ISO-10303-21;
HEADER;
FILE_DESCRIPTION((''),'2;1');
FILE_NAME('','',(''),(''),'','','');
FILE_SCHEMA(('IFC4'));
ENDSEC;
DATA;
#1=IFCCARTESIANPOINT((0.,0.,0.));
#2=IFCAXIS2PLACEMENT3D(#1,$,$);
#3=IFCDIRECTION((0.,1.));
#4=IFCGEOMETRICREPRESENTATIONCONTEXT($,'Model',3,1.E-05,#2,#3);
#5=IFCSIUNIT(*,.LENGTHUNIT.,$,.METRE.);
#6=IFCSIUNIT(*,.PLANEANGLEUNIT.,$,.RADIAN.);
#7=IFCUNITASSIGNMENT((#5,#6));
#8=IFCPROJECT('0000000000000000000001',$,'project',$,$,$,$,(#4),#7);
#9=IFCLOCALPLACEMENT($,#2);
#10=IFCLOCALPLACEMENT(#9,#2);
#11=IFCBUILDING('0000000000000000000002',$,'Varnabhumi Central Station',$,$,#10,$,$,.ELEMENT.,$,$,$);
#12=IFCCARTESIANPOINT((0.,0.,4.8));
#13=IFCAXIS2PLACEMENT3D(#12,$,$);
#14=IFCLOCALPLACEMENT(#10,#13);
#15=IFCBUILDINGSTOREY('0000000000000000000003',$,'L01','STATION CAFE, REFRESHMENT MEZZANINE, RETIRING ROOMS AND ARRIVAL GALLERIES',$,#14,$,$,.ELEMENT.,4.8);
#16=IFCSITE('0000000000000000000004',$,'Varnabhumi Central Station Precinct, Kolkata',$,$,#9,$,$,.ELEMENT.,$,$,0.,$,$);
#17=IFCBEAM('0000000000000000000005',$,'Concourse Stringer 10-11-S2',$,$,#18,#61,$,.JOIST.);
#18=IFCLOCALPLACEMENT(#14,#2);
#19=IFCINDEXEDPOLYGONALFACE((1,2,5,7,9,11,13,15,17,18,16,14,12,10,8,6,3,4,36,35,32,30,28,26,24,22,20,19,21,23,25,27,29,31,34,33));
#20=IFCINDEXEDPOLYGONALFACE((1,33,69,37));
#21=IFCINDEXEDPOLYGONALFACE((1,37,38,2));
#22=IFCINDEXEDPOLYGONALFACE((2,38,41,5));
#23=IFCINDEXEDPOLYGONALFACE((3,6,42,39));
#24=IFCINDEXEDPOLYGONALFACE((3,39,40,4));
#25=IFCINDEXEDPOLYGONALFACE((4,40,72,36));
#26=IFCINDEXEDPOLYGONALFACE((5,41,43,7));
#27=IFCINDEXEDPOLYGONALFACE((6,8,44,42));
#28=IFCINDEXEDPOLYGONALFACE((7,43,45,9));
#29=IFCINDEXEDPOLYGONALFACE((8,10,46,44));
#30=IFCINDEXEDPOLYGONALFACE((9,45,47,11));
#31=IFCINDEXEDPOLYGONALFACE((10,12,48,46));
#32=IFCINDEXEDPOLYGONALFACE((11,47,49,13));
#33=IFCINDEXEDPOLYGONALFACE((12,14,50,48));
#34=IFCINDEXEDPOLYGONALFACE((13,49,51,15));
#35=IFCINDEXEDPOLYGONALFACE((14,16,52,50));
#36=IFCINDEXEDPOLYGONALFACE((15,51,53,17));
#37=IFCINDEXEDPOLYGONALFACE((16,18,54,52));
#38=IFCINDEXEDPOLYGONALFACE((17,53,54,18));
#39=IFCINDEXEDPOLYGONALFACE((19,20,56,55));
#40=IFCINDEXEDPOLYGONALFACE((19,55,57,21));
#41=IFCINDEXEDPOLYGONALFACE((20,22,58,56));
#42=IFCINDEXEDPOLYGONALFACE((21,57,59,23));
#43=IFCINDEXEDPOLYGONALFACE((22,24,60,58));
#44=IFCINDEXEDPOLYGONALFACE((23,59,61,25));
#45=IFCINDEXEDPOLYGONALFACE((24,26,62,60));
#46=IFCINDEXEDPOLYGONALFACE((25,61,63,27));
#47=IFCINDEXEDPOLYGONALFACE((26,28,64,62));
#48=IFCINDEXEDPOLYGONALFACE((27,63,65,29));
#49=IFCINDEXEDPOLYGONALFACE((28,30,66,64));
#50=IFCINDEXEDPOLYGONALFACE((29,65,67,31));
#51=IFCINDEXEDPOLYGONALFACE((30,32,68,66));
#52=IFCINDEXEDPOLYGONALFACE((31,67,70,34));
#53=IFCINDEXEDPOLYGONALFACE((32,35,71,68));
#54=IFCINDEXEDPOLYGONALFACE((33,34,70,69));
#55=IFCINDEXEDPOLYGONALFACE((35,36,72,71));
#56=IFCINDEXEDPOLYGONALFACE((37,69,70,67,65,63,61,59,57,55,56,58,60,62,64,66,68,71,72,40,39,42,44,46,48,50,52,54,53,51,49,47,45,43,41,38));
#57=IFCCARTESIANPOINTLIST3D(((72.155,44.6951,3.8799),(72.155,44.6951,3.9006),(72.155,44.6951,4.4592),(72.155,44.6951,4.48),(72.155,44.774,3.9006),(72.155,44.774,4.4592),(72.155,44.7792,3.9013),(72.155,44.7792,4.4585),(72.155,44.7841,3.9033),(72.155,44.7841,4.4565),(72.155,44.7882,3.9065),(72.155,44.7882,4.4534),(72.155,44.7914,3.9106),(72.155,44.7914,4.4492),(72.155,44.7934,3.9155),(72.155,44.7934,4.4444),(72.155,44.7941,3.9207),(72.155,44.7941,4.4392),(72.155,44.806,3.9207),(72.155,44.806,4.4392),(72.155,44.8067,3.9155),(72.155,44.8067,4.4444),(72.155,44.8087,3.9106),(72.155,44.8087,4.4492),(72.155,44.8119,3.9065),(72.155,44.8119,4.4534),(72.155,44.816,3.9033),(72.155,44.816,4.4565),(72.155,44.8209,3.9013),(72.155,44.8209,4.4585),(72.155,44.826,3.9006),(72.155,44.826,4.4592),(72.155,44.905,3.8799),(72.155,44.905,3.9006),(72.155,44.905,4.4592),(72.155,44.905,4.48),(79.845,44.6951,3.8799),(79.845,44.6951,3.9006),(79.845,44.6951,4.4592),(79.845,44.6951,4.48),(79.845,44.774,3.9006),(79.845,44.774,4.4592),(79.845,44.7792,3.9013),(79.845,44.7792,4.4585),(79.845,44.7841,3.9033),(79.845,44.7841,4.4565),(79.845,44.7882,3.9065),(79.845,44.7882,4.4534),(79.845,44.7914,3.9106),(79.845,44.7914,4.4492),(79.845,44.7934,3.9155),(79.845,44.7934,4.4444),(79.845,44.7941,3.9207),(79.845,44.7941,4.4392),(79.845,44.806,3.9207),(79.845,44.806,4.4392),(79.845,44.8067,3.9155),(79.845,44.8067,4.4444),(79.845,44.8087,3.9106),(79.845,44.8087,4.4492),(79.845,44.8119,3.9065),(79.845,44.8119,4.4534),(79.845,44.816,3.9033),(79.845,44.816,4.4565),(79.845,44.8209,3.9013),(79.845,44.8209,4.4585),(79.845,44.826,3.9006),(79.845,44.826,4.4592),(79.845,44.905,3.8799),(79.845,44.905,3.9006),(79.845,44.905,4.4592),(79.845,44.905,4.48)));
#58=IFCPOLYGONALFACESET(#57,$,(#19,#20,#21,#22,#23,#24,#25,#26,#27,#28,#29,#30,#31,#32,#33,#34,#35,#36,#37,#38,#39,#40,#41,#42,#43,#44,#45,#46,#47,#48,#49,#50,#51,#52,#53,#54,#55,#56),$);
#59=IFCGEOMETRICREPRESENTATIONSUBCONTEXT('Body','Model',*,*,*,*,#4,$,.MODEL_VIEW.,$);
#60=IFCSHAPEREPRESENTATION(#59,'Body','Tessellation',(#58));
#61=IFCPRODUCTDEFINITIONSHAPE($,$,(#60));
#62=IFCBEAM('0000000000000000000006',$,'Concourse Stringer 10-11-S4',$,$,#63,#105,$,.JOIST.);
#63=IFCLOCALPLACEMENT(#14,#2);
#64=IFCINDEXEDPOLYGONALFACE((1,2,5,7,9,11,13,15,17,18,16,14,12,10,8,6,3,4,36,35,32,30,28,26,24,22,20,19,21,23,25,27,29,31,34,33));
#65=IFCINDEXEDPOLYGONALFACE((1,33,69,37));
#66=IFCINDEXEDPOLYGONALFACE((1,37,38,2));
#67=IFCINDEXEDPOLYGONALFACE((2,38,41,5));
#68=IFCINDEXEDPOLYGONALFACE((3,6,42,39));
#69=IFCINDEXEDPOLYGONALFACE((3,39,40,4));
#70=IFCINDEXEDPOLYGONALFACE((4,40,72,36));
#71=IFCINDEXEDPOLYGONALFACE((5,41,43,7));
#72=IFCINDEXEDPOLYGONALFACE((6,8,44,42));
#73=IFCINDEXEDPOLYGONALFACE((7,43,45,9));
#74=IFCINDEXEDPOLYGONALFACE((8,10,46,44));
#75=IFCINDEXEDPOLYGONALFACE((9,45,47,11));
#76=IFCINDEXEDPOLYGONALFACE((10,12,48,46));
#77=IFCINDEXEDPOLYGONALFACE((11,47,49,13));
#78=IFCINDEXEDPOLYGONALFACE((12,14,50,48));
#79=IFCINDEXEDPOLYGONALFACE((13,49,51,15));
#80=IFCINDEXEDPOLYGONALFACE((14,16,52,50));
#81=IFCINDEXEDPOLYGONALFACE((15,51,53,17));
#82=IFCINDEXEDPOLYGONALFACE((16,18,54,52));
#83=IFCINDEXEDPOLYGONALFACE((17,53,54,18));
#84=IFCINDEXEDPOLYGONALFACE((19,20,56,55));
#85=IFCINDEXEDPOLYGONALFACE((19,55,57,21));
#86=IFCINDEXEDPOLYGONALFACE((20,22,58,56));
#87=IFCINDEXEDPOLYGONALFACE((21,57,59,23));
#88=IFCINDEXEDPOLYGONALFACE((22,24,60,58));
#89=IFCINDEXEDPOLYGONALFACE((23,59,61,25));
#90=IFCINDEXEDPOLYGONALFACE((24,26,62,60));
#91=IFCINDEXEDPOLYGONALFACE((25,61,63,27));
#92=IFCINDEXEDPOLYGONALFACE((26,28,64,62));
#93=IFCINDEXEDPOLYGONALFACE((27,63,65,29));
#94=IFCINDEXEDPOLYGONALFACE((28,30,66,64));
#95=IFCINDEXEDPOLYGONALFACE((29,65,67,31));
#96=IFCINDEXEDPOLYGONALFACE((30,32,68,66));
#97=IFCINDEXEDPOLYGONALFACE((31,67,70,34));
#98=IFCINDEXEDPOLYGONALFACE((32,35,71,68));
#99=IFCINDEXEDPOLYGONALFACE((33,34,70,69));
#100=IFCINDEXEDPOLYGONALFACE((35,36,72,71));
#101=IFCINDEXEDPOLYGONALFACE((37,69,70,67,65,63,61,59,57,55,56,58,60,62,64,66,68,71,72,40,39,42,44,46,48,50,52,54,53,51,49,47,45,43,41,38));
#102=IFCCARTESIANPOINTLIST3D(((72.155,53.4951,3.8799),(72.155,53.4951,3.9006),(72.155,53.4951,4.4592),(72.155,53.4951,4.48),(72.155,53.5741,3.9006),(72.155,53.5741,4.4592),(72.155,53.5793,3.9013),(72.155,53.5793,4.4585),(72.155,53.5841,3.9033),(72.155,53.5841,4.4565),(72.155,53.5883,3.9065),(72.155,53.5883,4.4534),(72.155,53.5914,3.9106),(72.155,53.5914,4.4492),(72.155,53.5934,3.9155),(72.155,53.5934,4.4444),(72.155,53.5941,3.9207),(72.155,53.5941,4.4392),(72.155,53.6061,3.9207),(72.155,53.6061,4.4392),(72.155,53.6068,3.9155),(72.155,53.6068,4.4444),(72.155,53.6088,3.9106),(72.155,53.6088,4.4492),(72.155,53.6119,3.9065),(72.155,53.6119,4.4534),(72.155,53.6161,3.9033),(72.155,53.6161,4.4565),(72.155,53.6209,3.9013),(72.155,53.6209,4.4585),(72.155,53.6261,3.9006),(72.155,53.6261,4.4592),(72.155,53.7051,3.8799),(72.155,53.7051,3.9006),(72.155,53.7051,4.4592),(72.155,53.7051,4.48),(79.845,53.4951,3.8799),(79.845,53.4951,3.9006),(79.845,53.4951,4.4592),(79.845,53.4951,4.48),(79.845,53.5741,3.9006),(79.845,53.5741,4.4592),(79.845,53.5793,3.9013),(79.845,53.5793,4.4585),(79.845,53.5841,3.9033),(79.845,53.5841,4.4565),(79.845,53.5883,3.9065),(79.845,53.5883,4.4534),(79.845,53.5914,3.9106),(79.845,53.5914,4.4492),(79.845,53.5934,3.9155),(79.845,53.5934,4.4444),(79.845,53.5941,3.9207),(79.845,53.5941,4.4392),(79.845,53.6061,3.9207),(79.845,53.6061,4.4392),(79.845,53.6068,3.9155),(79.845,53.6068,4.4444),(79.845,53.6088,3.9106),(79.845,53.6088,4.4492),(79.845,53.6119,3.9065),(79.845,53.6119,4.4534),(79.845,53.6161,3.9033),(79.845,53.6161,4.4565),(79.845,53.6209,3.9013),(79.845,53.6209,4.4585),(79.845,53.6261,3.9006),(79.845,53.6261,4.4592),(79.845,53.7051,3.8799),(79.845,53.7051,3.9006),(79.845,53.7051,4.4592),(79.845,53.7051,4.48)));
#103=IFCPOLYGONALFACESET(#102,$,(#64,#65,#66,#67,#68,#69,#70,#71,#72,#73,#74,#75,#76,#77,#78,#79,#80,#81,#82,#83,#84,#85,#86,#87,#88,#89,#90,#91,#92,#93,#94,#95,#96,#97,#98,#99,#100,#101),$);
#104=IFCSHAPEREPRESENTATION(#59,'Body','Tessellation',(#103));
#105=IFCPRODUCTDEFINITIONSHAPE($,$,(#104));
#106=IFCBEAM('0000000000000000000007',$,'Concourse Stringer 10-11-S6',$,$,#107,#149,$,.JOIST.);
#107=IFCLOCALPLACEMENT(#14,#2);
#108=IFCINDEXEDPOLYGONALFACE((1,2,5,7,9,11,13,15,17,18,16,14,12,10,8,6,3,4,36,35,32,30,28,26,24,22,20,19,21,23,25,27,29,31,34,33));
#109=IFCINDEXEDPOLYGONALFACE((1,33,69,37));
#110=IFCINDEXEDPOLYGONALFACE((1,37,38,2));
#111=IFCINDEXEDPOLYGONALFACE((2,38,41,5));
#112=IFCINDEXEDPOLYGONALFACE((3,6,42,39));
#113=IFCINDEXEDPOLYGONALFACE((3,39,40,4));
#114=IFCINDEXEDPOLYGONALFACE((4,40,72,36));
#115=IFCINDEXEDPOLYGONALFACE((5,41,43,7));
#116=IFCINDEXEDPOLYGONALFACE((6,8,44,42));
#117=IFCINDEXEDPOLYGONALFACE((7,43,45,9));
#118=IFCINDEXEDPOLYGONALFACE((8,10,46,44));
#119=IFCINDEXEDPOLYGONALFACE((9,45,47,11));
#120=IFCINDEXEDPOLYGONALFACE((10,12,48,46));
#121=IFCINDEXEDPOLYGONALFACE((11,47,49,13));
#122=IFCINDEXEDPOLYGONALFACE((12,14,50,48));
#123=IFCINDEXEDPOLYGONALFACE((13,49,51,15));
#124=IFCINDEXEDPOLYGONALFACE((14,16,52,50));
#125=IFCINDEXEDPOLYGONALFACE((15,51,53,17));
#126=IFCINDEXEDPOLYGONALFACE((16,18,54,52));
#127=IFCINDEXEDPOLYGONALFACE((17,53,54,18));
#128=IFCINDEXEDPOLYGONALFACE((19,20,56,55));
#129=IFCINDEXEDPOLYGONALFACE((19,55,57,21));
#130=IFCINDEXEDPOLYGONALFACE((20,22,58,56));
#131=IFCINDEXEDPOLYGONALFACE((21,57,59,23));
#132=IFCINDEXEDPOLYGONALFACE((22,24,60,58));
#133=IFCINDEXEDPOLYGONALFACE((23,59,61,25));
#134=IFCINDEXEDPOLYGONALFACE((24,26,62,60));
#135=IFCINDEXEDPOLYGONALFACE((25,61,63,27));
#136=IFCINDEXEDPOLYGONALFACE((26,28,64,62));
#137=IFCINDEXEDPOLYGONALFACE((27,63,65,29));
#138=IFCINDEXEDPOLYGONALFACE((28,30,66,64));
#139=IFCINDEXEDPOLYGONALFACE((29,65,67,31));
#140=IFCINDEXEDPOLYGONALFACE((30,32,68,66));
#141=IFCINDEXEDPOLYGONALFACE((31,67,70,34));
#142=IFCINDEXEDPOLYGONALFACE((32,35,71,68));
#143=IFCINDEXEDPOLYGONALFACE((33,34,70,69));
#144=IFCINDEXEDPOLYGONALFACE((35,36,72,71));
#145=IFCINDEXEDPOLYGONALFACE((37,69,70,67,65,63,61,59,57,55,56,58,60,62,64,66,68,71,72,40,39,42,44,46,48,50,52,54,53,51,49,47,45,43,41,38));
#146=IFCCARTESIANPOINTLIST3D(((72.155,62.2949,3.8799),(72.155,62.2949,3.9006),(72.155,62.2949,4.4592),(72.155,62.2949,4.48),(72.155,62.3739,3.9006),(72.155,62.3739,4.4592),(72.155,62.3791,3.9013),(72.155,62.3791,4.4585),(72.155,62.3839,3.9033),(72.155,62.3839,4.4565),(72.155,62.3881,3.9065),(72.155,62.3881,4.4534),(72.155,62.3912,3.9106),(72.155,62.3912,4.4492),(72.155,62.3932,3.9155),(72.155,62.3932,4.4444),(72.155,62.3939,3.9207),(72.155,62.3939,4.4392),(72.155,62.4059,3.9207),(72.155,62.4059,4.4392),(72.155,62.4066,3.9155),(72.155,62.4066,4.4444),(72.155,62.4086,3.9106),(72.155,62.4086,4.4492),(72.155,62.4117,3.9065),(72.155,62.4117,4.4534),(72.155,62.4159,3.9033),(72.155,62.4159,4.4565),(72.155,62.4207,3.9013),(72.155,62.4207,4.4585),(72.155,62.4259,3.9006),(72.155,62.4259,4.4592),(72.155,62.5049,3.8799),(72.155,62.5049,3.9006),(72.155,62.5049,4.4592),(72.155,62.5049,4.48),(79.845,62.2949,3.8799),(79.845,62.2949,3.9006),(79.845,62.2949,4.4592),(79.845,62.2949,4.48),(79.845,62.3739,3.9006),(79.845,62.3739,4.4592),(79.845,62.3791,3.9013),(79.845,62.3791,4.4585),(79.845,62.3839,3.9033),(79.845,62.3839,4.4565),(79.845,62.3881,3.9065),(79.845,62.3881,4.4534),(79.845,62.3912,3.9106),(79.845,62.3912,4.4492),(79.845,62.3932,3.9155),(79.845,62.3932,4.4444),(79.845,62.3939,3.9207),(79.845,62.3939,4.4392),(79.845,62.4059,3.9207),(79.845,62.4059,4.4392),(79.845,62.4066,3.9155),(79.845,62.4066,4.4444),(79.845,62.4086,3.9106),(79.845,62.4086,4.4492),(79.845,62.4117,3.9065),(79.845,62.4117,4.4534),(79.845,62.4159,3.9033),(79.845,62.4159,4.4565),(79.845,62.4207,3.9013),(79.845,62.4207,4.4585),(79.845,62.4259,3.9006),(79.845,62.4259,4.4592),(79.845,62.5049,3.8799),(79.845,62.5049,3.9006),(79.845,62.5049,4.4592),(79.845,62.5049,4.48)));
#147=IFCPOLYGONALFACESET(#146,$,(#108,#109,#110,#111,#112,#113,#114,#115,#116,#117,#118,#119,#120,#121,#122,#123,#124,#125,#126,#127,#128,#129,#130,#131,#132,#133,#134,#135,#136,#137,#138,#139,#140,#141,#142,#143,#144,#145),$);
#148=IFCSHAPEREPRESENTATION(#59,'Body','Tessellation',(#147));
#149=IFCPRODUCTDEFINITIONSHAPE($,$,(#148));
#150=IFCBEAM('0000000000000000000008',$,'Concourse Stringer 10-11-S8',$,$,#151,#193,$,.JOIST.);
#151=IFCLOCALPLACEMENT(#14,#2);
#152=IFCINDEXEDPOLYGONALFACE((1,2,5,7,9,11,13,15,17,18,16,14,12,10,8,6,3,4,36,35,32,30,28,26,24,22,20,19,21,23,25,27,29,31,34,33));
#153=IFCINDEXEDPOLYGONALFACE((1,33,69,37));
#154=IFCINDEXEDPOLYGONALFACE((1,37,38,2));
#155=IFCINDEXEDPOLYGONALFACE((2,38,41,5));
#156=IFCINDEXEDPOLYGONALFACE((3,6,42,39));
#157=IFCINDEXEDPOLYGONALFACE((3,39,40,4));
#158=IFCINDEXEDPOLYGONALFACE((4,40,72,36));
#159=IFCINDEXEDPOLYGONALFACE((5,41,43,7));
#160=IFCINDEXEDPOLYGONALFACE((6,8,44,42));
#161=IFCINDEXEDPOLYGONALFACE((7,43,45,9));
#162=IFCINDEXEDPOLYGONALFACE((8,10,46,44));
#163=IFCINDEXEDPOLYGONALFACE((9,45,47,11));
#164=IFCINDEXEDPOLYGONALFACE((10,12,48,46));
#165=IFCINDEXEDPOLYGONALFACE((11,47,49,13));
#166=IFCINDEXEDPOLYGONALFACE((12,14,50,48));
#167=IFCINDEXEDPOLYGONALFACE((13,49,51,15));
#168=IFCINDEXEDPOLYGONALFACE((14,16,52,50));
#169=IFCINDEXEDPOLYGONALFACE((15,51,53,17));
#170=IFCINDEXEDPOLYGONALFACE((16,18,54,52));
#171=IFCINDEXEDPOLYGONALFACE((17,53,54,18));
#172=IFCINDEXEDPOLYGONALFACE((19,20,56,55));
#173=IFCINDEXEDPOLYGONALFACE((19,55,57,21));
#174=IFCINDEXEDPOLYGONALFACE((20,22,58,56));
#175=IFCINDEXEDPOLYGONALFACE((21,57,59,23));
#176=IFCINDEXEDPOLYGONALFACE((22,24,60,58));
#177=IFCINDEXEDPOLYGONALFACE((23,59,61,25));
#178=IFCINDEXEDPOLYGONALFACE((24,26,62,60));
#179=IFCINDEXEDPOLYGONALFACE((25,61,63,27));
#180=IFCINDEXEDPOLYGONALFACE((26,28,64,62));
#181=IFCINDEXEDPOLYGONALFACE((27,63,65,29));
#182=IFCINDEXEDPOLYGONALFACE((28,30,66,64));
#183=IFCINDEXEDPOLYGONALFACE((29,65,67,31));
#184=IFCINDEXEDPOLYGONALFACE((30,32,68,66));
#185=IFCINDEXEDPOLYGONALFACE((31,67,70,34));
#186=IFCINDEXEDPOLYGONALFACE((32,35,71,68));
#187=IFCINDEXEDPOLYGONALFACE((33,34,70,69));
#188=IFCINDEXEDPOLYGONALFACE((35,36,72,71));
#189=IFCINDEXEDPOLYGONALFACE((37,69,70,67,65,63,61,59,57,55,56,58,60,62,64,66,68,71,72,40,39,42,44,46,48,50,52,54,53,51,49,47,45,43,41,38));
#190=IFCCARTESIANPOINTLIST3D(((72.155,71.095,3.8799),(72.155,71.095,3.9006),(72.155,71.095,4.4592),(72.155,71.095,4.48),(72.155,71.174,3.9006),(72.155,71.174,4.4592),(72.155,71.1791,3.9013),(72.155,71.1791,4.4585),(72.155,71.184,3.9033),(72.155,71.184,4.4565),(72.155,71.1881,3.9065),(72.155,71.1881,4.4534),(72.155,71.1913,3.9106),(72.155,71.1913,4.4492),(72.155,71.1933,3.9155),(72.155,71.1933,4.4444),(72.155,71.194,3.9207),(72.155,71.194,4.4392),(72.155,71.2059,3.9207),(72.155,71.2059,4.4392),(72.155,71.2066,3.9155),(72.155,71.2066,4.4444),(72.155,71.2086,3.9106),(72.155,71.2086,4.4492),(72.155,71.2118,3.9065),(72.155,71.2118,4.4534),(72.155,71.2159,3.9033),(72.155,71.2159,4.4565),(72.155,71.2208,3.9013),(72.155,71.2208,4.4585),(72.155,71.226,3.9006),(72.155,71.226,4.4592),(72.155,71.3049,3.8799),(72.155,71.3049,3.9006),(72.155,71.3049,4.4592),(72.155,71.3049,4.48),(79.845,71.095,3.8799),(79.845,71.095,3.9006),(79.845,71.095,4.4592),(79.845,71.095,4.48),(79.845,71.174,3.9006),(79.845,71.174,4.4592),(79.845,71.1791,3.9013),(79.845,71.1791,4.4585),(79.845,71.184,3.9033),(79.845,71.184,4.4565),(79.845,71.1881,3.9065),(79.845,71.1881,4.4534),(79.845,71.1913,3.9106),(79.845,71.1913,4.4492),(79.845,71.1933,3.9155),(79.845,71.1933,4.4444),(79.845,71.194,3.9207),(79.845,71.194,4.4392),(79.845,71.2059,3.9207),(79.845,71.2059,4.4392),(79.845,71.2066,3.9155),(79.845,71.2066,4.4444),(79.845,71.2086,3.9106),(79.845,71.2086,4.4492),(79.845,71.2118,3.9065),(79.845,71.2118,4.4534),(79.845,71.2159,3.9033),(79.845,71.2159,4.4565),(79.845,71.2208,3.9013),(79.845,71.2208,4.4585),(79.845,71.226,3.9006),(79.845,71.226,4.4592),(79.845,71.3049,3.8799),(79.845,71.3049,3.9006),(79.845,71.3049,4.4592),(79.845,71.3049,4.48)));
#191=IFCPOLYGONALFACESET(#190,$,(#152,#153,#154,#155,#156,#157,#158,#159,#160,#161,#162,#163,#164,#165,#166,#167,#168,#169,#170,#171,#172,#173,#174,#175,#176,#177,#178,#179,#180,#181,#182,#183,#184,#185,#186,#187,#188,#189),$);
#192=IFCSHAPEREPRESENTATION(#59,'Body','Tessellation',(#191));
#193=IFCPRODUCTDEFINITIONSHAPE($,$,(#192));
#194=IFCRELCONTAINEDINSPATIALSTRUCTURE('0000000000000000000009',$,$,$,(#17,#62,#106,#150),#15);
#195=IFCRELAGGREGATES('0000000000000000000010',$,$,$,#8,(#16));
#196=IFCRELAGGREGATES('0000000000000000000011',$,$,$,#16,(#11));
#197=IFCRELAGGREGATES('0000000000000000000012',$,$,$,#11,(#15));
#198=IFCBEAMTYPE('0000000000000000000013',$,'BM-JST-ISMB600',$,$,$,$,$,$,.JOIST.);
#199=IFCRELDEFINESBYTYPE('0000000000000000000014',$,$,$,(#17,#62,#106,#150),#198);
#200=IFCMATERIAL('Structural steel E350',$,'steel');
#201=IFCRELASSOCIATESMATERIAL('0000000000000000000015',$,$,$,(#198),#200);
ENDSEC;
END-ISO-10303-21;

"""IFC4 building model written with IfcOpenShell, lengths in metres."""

from ifc_helpers import new_model, si_unit, direction, frame, origin, origin_2d, place, context, subcontext, project, spatial, i_section, extrude, material, material_profile, profile_set, type_object, element, save


model = new_model("IFC4")

# Units and contexts
model_context = context("Model", 3, precision=1e-05, world=origin(), true_north=direction((0.0, 1.0)))
body_context = subcontext(model_context, "Body", "Model", "MODEL_VIEW")
ifc_project = project(units=[si_unit("LENGTHUNIT", "METRE"), si_unit("PLANEANGLEUNIT", "RADIAN")], contexts=[model_context])

# Site, building, storey
site_placement = place(None, origin())
site = spatial("IfcSite", under=ifc_project, at=site_placement, Name="Varnabhumi Central Station Precinct, Kolkata", CompositionType="ELEMENT", RefElevation=0.0)
building_placement = place(site_placement, origin())
building = spatial("IfcBuilding", under=site, at=building_placement, Name="Varnabhumi Central Station", CompositionType="ELEMENT")
storey_placement = place(building_placement, frame((0.0, 0.0, 4.8)))
storey = spatial("IfcBuildingStorey", under=building, at=storey_placement, Name="L01", Description="STATION CAFE, REFRESHMENT MEZZANINE, RETIRING ROOMS AND ARRIVAL GALLERIES", CompositionType="ELEMENT", Elevation=4.8)

# Beams
ifc_material = material(Name="Structural steel E350", Category="steel")
ifc_material_profile_1 = material_profile(ifc_material, i_section(OverallWidth=0.21, OverallDepth=0.6001, WebThickness=0.012, FlangeThickness=0.0208, FilletRadius=0.02, at=origin_2d()), Name="Structural steel E350", Category="steel")
ifc_profile_set_1 = profile_set([ifc_material_profile_1], Name="Structural steel E350")
beam_type_1 = type_object("IfcBeamType", Name="BM-JST-ISMB600", PredefinedType="JOIST", material=ifc_profile_set_1)
for number, where, z_axis, x_axis, name in (
    (1, (72.155, 44.8, 4.1799), (1.0, 0.0, 0.0), (0.0, 1.0, 0.0), "Concourse Stringer 10-11-S2"),
    (2, (72.155, 53.6001, 4.1799), (1.0, 0.0, 0.0), (0.0, 1.0, 0.0), "Concourse Stringer 10-11-S4"),
    (3, (72.155, 62.3999, 4.1799), (1.0, 0.0, 0.0), (0.0, 1.0, 0.0), "Concourse Stringer 10-11-S6"),
    (4, (72.155, 71.2, 4.1799), (1.0, 0.0, 0.0), (0.0, 1.0, 0.0), "Concourse Stringer 10-11-S8"),
):
    element("IfcBeam", number, at=place(storey_placement, frame(where, z_axis=z_axis, x_axis=x_axis)), inside=storey, type_object=beam_type_1, Name=name, PredefinedType="JOIST", context=body_context, shape_type="SweptSolid", body=[
        extrude(i_section(OverallWidth=0.21, OverallDepth=0.6001, WebThickness=0.012, FlangeThickness=0.0208, FilletRadius=0.02, at=origin_2d()), origin(), (0.0, 0.0, 1.0), 7.6899),
    ])

save(model, "model.ifc")
